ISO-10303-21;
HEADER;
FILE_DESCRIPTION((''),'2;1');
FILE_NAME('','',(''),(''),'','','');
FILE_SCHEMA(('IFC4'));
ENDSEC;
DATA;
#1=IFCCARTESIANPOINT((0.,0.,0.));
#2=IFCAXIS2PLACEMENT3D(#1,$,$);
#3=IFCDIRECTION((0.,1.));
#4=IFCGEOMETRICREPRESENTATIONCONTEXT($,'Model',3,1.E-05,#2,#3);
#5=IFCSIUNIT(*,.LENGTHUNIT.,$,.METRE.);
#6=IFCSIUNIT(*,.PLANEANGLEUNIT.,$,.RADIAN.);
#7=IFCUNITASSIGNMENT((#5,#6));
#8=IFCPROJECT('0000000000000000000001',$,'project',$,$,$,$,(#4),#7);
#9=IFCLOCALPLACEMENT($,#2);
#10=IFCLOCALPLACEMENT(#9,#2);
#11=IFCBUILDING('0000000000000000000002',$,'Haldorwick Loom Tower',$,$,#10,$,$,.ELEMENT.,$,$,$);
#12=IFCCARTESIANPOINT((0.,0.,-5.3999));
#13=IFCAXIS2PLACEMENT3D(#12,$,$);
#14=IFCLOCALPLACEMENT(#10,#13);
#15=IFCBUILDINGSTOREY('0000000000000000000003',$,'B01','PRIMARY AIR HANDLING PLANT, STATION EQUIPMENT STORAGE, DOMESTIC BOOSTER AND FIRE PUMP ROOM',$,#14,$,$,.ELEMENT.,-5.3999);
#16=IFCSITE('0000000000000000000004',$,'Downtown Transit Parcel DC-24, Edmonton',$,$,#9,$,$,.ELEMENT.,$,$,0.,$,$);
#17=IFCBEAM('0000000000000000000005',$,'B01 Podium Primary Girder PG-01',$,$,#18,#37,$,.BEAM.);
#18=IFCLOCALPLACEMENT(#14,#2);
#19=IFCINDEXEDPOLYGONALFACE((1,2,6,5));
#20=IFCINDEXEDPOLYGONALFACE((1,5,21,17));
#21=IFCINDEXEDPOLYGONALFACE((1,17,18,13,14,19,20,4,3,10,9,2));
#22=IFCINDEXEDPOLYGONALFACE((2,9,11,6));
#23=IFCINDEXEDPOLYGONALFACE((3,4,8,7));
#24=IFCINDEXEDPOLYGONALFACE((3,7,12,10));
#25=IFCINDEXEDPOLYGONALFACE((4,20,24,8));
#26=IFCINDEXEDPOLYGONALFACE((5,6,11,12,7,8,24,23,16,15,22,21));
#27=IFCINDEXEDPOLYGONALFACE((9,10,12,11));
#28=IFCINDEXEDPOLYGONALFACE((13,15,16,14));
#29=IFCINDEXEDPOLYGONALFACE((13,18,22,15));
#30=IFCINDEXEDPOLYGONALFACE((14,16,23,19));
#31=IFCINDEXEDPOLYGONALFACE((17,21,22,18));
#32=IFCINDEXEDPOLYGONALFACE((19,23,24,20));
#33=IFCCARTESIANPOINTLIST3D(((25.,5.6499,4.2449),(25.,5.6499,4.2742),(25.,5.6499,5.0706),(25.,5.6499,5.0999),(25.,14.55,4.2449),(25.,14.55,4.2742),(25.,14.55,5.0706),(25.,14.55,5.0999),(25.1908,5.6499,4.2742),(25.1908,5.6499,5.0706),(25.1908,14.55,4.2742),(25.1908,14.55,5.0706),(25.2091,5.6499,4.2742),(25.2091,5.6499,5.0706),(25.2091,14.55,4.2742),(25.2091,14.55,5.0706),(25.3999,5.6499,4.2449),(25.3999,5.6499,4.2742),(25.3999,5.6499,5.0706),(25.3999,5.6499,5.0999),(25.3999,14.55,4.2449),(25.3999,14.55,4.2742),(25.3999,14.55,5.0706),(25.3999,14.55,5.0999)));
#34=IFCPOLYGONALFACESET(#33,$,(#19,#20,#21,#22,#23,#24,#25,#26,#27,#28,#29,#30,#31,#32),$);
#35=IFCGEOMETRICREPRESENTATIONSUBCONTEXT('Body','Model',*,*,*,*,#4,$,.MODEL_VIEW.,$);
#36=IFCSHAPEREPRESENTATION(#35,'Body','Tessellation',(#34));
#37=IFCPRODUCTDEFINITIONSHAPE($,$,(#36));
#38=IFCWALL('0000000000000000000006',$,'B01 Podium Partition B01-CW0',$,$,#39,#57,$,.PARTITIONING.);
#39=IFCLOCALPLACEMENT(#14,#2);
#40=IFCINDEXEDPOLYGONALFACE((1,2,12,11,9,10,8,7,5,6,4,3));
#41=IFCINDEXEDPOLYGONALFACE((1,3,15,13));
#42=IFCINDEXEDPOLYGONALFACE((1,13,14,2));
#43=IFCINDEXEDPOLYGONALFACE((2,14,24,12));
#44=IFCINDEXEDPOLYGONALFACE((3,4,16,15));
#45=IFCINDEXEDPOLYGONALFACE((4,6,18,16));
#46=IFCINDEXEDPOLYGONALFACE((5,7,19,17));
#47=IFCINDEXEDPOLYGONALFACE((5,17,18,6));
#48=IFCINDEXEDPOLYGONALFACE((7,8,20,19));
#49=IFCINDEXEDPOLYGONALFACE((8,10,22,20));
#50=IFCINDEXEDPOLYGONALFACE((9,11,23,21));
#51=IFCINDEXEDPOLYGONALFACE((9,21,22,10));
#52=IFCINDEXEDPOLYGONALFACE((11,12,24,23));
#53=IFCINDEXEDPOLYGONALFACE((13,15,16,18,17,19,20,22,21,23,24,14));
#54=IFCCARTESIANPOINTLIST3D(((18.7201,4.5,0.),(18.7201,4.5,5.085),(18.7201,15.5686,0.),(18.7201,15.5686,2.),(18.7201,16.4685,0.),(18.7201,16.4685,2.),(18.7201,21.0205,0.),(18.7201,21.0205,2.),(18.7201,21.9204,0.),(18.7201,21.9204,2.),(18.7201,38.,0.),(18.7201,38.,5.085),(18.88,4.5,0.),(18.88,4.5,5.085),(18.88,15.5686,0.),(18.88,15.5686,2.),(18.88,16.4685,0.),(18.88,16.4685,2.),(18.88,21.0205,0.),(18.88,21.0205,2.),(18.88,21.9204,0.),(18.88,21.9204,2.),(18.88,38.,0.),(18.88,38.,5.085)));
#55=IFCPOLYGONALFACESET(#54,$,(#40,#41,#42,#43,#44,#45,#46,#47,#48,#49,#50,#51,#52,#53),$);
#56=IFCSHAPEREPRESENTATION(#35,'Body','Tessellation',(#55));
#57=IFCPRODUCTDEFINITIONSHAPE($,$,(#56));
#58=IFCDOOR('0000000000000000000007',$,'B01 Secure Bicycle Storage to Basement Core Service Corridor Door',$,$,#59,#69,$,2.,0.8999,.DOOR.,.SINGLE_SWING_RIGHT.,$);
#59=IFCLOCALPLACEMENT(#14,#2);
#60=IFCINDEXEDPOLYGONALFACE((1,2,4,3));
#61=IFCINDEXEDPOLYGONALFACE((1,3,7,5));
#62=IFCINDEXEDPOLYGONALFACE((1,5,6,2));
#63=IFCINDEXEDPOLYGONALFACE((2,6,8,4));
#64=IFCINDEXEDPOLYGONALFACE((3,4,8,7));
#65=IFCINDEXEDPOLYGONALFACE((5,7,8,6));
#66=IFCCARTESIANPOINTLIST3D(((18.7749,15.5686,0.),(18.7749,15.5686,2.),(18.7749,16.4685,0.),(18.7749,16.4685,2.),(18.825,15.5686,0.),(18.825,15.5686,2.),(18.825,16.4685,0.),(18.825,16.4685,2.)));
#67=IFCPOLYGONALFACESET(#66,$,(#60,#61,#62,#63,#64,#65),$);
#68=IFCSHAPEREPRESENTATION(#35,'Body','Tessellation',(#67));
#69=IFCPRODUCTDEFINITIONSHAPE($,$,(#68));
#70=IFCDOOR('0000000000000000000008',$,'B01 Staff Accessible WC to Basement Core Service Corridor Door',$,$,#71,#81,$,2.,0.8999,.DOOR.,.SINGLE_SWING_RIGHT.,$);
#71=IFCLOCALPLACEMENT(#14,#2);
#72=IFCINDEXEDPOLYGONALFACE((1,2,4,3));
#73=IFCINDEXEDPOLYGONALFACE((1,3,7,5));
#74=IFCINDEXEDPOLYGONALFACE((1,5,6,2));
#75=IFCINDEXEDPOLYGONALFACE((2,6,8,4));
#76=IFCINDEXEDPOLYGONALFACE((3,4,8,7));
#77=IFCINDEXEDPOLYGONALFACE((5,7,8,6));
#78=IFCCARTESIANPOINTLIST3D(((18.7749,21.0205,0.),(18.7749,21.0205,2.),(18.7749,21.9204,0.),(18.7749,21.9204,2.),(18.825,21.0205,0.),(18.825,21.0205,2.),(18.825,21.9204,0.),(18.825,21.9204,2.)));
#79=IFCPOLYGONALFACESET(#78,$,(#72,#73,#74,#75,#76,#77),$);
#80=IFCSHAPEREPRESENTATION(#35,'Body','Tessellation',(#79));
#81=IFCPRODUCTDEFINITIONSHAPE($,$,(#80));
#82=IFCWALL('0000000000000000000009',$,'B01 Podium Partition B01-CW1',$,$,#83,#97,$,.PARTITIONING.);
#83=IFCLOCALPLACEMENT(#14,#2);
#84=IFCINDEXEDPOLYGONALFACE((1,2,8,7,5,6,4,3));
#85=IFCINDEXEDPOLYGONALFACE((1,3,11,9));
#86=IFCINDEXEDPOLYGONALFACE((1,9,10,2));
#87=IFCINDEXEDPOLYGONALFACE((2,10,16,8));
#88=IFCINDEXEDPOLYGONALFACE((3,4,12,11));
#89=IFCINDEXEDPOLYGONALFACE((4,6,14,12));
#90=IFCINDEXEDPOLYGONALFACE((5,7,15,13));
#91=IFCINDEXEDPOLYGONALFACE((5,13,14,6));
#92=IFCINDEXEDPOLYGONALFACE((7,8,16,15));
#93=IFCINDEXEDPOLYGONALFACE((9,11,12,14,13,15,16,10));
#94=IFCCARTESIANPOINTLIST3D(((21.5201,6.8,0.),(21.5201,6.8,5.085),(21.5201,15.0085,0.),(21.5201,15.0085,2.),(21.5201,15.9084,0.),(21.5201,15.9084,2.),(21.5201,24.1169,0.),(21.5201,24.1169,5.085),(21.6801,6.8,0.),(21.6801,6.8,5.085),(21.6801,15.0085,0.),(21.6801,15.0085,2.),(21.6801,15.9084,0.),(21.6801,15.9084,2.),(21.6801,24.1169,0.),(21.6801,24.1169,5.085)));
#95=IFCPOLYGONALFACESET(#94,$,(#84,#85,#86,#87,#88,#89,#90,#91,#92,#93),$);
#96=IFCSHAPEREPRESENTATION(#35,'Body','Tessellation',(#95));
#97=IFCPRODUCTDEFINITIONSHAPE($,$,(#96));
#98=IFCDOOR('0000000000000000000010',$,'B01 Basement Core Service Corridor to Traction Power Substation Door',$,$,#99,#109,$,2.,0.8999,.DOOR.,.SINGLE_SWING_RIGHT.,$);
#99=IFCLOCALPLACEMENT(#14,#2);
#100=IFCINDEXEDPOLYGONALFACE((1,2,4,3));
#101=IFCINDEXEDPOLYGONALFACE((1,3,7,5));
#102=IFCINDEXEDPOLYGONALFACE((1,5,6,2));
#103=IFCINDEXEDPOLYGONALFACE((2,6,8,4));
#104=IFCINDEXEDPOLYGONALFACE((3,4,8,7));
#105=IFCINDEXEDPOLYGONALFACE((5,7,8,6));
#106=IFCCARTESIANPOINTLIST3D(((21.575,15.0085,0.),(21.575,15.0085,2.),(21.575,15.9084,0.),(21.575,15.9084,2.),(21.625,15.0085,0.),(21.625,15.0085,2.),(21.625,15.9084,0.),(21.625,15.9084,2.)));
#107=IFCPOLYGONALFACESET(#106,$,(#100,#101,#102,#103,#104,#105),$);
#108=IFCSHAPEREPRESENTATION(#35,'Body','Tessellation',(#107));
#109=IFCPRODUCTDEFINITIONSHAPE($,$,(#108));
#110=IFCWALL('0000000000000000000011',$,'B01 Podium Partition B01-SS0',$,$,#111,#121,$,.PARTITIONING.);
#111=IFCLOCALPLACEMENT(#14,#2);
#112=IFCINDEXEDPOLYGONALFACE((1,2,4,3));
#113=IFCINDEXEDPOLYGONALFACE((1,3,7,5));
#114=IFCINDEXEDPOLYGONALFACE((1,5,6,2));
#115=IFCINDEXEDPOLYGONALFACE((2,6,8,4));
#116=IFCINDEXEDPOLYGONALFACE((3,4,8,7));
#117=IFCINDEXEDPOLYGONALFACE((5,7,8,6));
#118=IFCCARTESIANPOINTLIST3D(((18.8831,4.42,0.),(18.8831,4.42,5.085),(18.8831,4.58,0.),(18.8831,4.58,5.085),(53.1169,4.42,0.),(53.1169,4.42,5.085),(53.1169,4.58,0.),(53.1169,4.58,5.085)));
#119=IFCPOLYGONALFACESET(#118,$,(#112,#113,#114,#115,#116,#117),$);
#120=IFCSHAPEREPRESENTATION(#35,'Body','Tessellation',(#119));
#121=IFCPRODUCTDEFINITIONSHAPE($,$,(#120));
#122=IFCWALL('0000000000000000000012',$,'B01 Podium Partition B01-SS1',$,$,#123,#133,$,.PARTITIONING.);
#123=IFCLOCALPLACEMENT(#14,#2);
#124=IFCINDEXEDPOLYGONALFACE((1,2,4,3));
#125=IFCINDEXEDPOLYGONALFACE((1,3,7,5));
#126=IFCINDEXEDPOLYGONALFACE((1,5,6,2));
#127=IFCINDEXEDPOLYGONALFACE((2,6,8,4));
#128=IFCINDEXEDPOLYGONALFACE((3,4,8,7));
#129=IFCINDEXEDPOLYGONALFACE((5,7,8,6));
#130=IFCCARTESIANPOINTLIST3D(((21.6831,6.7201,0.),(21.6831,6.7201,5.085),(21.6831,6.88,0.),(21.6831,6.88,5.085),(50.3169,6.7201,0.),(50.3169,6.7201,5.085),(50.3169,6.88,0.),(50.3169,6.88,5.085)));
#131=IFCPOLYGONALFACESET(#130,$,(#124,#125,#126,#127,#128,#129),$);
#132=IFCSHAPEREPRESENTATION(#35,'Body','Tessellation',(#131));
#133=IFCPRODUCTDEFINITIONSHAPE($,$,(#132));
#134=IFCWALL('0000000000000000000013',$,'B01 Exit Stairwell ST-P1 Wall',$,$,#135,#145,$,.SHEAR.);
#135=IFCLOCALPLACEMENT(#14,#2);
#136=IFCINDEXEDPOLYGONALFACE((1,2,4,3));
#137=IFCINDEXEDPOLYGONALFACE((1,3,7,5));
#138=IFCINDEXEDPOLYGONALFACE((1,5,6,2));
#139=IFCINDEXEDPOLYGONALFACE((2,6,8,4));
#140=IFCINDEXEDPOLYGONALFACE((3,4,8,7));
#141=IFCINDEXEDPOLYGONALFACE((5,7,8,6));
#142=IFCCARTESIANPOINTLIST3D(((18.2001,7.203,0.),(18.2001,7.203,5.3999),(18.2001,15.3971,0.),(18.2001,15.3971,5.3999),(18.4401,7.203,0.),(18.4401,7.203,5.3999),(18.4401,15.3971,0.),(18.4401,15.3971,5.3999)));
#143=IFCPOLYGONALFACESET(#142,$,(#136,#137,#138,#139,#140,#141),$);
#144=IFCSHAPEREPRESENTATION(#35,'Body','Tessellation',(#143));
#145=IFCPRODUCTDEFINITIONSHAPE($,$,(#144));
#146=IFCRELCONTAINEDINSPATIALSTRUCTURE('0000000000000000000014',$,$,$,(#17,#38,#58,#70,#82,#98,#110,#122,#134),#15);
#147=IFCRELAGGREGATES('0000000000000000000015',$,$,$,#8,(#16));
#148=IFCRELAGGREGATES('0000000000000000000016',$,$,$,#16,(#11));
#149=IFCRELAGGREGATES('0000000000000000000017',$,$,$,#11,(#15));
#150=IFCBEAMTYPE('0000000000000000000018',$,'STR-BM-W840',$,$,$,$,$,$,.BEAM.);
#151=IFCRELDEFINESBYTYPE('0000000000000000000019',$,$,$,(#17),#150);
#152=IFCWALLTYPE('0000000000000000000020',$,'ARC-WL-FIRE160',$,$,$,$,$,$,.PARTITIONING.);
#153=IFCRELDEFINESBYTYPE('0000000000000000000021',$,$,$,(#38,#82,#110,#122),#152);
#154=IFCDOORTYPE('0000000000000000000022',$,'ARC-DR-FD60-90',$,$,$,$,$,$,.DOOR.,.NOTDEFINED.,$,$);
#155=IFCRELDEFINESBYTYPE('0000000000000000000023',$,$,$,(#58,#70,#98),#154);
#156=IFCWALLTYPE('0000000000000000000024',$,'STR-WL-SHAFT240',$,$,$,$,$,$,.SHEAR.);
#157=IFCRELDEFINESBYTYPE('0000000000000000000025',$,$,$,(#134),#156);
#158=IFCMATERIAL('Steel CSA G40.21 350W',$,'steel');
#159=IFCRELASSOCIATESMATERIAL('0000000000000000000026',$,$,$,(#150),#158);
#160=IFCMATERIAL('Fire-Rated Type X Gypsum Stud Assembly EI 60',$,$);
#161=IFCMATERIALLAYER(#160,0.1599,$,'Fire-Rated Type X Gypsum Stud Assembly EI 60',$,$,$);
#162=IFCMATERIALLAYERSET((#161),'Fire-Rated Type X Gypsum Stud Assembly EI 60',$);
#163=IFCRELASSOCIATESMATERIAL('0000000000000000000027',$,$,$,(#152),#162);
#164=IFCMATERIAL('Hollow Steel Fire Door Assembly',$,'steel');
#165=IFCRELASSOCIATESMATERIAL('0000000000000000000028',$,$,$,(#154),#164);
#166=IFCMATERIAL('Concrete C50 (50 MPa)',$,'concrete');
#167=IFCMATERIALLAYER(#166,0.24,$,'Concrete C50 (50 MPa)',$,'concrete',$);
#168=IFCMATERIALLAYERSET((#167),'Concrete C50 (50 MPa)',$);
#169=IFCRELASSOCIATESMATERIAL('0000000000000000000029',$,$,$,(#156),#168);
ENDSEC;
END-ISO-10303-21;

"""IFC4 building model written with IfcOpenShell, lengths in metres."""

from ifc_helpers import new_model, si_unit, direction, frame, frame_2d, origin, origin_2d, place, context, subcontext, project, spatial, rectangle, i_section, extrude, material, layer, layer_set, material_profile, profile_set, type_object, element, fill, save


model = new_model("IFC4")

# Units and contexts
model_context = context("Model", 3, precision=1e-05, world=origin(), true_north=direction((0.0, 1.0)))
body_context = subcontext(model_context, "Body", "Model", "MODEL_VIEW")
ifc_project = project(units=[si_unit("LENGTHUNIT", "METRE"), si_unit("PLANEANGLEUNIT", "RADIAN")], contexts=[model_context])

# Site, building, storey
site_placement = place(None, origin())
site = spatial("IfcSite", under=ifc_project, at=site_placement, Name="Downtown Transit Parcel DC-24, Edmonton", CompositionType="ELEMENT", RefElevation=0.0)
building_placement = place(site_placement, origin())
building = spatial("IfcBuilding", under=site, at=building_placement, Name="Haldorwick Loom Tower", CompositionType="ELEMENT")
storey_placement = place(building_placement, frame((0.0, 0.0, -5.3999)))
storey = spatial("IfcBuildingStorey", under=building, at=storey_placement, Name="B01", Description="PRIMARY AIR HANDLING PLANT, STATION EQUIPMENT STORAGE, DOMESTIC BOOSTER AND FIRE PUMP ROOM", CompositionType="ELEMENT", Elevation=-5.3999)

# Shared definitions
ifc_material_1 = material(Name="Concrete C50 (50 MPa)", Category="concrete")

# Beam
ifc_material_2 = material(Name="Steel CSA G40.21 350W", Category="steel")
ifc_material_profile_1 = material_profile(ifc_material_2, i_section(OverallWidth=0.3999, OverallDepth=0.855, WebThickness=0.0183, FlangeThickness=0.0293, at=origin_2d()), Name="W840X299", Category="steel")
ifc_profile_set_1 = profile_set([ifc_material_profile_1], Name="Steel CSA G40.21 350W")
beam_type_1 = type_object("IfcBeamType", Name="STR-BM-W840", PredefinedType="BEAM", material=ifc_profile_set_1)
beam_1_placement = place(storey_placement, frame((25.2, 5.6499, 4.6724), z_axis=(0.0, 1.0, 0.0), x_axis=(-1.0, 0.0, 0.0)))
element("IfcBeam", 1, at=beam_1_placement, inside=storey, type_object=beam_type_1, Name="B01 Podium Primary Girder PG-01", PredefinedType="BEAM", context=body_context, shape_type="SweptSolid", body=[
    extrude(i_section(OverallWidth=0.3999, OverallDepth=0.855, WebThickness=0.0183, FlangeThickness=0.0293, at=origin_2d()), origin(), (0.0, 0.0, 1.0), 8.9001),
])

# Wall, openings, doors
ifc_material_3 = material(Name="Fire-Rated Type X Gypsum Stud Assembly EI 60")
ifc_layer_1 = layer(ifc_material_3, 0.1599, Name="Fire-Rated Type X Gypsum Stud Assembly EI 60")
ifc_layer_set_1 = layer_set([ifc_layer_1], Name="Fire-Rated Type X Gypsum Stud Assembly EI 60")
wall_type_1 = type_object("IfcWallType", Name="ARC-WL-FIRE160", PredefinedType="PARTITIONING", material=ifc_layer_set_1)
wall_1_placement = place(storey_placement, frame((18.8, 4.5, 0.0), z_axis=(0.0, 0.0, 1.0), x_axis=(0.0, 1.0, 0.0)))
wall_1 = element("IfcWall", 2, at=wall_1_placement, inside=storey, type_object=wall_type_1, Name="B01 Podium Partition B01-CW0", PredefinedType="PARTITIONING", context=body_context, shape_type="SweptSolid", body=[
    extrude(rectangle(XDim=33.5, YDim=0.1599, at=frame_2d((16.75, 0.0))), origin(), (0.0, 0.0, 1.0), 5.085),
])
opening_1_placement = place(wall_1_placement, frame((11.0686, 0.0, 0.0)))
opening_1 = element("IfcOpeningElement", 3, at=opening_1_placement, cuts=wall_1, PredefinedType="OPENING", context=body_context, shape_type="SweptSolid", body=[
    extrude(rectangle(XDim=0.8999, YDim=2.0, at=frame_2d((0.45, 1.0))), frame((0.0, 0.0898, 0.0), z_axis=(0.0, -1.0, 0.0), x_axis=(1.0, 0.0, 0.0)), (0.0, 0.0, 1.0), 0.1799),
])
opening_2_placement = place(wall_1_placement, frame((16.5205, 0.0, 0.0)))
opening_2 = element("IfcOpeningElement", 4, at=opening_2_placement, cuts=wall_1, PredefinedType="OPENING", context=body_context, shape_type="SweptSolid", body=[
    extrude(rectangle(XDim=0.8999, YDim=2.0, at=frame_2d((0.45, 1.0))), frame((0.0, 0.0898, 0.0), z_axis=(0.0, -1.0, 0.0), x_axis=(1.0, 0.0, 0.0)), (0.0, 0.0, 1.0), 0.1799),
])
ifc_material_4 = material(Name="Hollow Steel Fire Door Assembly", Category="steel")
door_type = type_object("IfcDoorType", Name="ARC-DR-FD60-90", OperationType="NOTDEFINED", PredefinedType="DOOR", material=ifc_material_4)
door_1_placement = place(opening_1_placement, frame((0.8999, 0.0, 0.0), z_axis=(0.0, 0.0, 1.0), x_axis=(-1.0, 0.0, 0.0)))
door_1 = element("IfcDoor", 5, at=door_1_placement, inside=storey, type_object=door_type, Name="B01 Secure Bicycle Storage to Basement Core Service Corridor Door", OperationType="SINGLE_SWING_RIGHT", OverallHeight=2.0, OverallWidth=0.8999, PredefinedType="DOOR", context=body_context, shape_type="SweptSolid", body=[
    extrude(rectangle(XDim=0.8999, YDim=2.0, at=frame_2d((0.45, 1.0))), frame((0.0, 0.0249, 0.0), z_axis=(0.0, -1.0, 0.0), x_axis=(1.0, 0.0, 0.0)), (0.0, 0.0, 1.0), 0.05),
])
fill(opening_1, door_1)
door_2_placement = place(opening_2_placement, frame((0.8999, 0.0, 0.0), z_axis=(0.0, 0.0, 1.0), x_axis=(-1.0, 0.0, 0.0)))
door_2 = element("IfcDoor", 6, at=door_2_placement, inside=storey, type_object=door_type, Name="B01 Staff Accessible WC to Basement Core Service Corridor Door", OperationType="SINGLE_SWING_RIGHT", OverallHeight=2.0, OverallWidth=0.8999, PredefinedType="DOOR", context=body_context, shape_type="SweptSolid", body=[
    extrude(rectangle(XDim=0.8999, YDim=2.0, at=frame_2d((0.45, 1.0))), frame((0.0, 0.0249, 0.0), z_axis=(0.0, -1.0, 0.0), x_axis=(1.0, 0.0, 0.0)), (0.0, 0.0, 1.0), 0.05),
])
fill(opening_2, door_2)

# Wall, opening, door
wall_2_placement = place(storey_placement, frame((21.6001, 6.8, 0.0), z_axis=(0.0, 0.0, 1.0), x_axis=(0.0, 1.0, 0.0)))
wall_2 = element("IfcWall", 7, at=wall_2_placement, inside=storey, type_object=wall_type_1, Name="B01 Podium Partition B01-CW1", PredefinedType="PARTITIONING", context=body_context, shape_type="SweptSolid", body=[
    extrude(rectangle(XDim=17.3169, YDim=0.1599, at=frame_2d((8.6584, 0.0))), origin(), (0.0, 0.0, 1.0), 5.085),
])
opening_3_placement = place(wall_2_placement, frame((8.2085, 0.0, 0.0)))
opening_3 = element("IfcOpeningElement", 8, at=opening_3_placement, cuts=wall_2, PredefinedType="OPENING", context=body_context, shape_type="SweptSolid", body=[
    extrude(rectangle(XDim=0.8999, YDim=2.0, at=frame_2d((0.45, 1.0))), frame((0.0, 0.0898, 0.0), z_axis=(0.0, -1.0, 0.0), x_axis=(1.0, 0.0, 0.0)), (0.0, 0.0, 1.0), 0.1799),
])
door_3_placement = place(opening_3_placement, frame((0.8999, 0.0, 0.0), z_axis=(0.0, 0.0, 1.0), x_axis=(-1.0, 0.0, 0.0)))
door_3 = element("IfcDoor", 9, at=door_3_placement, inside=storey, type_object=door_type, Name="B01 Basement Core Service Corridor to Traction Power Substation Door", OperationType="SINGLE_SWING_RIGHT", OverallHeight=2.0, OverallWidth=0.8999, PredefinedType="DOOR", context=body_context, shape_type="SweptSolid", body=[
    extrude(rectangle(XDim=0.8999, YDim=2.0, at=frame_2d((0.45, 1.0))), frame((0.0, 0.0249, 0.0), z_axis=(0.0, -1.0, 0.0), x_axis=(1.0, 0.0, 0.0)), (0.0, 0.0, 1.0), 0.05),
])
fill(opening_3, door_3)

# Walls
wall_3_placement = place(storey_placement, frame((18.8831, 4.5, 0.0), z_axis=(0.0, 0.0, 1.0), x_axis=(1.0, 0.0, 0.0)))
element("IfcWall", 10, at=wall_3_placement, inside=storey, type_object=wall_type_1, Name="B01 Podium Partition B01-SS0", PredefinedType="PARTITIONING", context=body_context, shape_type="SweptSolid", body=[
    extrude(rectangle(XDim=34.2339, YDim=0.1599, at=frame_2d((17.1169, 0.0))), origin(), (0.0, 0.0, 1.0), 5.085),
])
wall_4_placement = place(storey_placement, frame((21.6831, 6.8, 0.0), z_axis=(0.0, 0.0, 1.0), x_axis=(1.0, 0.0, 0.0)))
element("IfcWall", 11, at=wall_4_placement, inside=storey, type_object=wall_type_1, Name="B01 Podium Partition B01-SS1", PredefinedType="PARTITIONING", context=body_context, shape_type="SweptSolid", body=[
    extrude(rectangle(XDim=28.6338, YDim=0.1599, at=frame_2d((14.3169, 0.0))), origin(), (0.0, 0.0, 1.0), 5.085),
])
ifc_layer_2 = layer(ifc_material_1, 0.24, Name="Concrete C50 (50 MPa)", Category="concrete")
ifc_layer_set_2 = layer_set([ifc_layer_2], Name="Concrete C50 (50 MPa)")
wall_type_2 = type_object("IfcWallType", Name="STR-WL-SHAFT240", PredefinedType="SHEAR", material=ifc_layer_set_2)
wall_5_placement = place(storey_placement, frame((18.3201, 7.2029, 0.0), z_axis=(0.0, 0.0, 1.0), x_axis=(0.0, 1.0, 0.0)))
element("IfcWall", 12, at=wall_5_placement, inside=storey, type_object=wall_type_2, Name="B01 Exit Stairwell ST-P1 Wall", PredefinedType="SHEAR", context=body_context, shape_type="SweptSolid", body=[
    extrude(rectangle(XDim=8.1941, YDim=0.24, at=frame_2d((4.0972, 0.0))), origin(), (0.0, 0.0, 1.0), 5.3999),
])

save(model, "model.ifc")
